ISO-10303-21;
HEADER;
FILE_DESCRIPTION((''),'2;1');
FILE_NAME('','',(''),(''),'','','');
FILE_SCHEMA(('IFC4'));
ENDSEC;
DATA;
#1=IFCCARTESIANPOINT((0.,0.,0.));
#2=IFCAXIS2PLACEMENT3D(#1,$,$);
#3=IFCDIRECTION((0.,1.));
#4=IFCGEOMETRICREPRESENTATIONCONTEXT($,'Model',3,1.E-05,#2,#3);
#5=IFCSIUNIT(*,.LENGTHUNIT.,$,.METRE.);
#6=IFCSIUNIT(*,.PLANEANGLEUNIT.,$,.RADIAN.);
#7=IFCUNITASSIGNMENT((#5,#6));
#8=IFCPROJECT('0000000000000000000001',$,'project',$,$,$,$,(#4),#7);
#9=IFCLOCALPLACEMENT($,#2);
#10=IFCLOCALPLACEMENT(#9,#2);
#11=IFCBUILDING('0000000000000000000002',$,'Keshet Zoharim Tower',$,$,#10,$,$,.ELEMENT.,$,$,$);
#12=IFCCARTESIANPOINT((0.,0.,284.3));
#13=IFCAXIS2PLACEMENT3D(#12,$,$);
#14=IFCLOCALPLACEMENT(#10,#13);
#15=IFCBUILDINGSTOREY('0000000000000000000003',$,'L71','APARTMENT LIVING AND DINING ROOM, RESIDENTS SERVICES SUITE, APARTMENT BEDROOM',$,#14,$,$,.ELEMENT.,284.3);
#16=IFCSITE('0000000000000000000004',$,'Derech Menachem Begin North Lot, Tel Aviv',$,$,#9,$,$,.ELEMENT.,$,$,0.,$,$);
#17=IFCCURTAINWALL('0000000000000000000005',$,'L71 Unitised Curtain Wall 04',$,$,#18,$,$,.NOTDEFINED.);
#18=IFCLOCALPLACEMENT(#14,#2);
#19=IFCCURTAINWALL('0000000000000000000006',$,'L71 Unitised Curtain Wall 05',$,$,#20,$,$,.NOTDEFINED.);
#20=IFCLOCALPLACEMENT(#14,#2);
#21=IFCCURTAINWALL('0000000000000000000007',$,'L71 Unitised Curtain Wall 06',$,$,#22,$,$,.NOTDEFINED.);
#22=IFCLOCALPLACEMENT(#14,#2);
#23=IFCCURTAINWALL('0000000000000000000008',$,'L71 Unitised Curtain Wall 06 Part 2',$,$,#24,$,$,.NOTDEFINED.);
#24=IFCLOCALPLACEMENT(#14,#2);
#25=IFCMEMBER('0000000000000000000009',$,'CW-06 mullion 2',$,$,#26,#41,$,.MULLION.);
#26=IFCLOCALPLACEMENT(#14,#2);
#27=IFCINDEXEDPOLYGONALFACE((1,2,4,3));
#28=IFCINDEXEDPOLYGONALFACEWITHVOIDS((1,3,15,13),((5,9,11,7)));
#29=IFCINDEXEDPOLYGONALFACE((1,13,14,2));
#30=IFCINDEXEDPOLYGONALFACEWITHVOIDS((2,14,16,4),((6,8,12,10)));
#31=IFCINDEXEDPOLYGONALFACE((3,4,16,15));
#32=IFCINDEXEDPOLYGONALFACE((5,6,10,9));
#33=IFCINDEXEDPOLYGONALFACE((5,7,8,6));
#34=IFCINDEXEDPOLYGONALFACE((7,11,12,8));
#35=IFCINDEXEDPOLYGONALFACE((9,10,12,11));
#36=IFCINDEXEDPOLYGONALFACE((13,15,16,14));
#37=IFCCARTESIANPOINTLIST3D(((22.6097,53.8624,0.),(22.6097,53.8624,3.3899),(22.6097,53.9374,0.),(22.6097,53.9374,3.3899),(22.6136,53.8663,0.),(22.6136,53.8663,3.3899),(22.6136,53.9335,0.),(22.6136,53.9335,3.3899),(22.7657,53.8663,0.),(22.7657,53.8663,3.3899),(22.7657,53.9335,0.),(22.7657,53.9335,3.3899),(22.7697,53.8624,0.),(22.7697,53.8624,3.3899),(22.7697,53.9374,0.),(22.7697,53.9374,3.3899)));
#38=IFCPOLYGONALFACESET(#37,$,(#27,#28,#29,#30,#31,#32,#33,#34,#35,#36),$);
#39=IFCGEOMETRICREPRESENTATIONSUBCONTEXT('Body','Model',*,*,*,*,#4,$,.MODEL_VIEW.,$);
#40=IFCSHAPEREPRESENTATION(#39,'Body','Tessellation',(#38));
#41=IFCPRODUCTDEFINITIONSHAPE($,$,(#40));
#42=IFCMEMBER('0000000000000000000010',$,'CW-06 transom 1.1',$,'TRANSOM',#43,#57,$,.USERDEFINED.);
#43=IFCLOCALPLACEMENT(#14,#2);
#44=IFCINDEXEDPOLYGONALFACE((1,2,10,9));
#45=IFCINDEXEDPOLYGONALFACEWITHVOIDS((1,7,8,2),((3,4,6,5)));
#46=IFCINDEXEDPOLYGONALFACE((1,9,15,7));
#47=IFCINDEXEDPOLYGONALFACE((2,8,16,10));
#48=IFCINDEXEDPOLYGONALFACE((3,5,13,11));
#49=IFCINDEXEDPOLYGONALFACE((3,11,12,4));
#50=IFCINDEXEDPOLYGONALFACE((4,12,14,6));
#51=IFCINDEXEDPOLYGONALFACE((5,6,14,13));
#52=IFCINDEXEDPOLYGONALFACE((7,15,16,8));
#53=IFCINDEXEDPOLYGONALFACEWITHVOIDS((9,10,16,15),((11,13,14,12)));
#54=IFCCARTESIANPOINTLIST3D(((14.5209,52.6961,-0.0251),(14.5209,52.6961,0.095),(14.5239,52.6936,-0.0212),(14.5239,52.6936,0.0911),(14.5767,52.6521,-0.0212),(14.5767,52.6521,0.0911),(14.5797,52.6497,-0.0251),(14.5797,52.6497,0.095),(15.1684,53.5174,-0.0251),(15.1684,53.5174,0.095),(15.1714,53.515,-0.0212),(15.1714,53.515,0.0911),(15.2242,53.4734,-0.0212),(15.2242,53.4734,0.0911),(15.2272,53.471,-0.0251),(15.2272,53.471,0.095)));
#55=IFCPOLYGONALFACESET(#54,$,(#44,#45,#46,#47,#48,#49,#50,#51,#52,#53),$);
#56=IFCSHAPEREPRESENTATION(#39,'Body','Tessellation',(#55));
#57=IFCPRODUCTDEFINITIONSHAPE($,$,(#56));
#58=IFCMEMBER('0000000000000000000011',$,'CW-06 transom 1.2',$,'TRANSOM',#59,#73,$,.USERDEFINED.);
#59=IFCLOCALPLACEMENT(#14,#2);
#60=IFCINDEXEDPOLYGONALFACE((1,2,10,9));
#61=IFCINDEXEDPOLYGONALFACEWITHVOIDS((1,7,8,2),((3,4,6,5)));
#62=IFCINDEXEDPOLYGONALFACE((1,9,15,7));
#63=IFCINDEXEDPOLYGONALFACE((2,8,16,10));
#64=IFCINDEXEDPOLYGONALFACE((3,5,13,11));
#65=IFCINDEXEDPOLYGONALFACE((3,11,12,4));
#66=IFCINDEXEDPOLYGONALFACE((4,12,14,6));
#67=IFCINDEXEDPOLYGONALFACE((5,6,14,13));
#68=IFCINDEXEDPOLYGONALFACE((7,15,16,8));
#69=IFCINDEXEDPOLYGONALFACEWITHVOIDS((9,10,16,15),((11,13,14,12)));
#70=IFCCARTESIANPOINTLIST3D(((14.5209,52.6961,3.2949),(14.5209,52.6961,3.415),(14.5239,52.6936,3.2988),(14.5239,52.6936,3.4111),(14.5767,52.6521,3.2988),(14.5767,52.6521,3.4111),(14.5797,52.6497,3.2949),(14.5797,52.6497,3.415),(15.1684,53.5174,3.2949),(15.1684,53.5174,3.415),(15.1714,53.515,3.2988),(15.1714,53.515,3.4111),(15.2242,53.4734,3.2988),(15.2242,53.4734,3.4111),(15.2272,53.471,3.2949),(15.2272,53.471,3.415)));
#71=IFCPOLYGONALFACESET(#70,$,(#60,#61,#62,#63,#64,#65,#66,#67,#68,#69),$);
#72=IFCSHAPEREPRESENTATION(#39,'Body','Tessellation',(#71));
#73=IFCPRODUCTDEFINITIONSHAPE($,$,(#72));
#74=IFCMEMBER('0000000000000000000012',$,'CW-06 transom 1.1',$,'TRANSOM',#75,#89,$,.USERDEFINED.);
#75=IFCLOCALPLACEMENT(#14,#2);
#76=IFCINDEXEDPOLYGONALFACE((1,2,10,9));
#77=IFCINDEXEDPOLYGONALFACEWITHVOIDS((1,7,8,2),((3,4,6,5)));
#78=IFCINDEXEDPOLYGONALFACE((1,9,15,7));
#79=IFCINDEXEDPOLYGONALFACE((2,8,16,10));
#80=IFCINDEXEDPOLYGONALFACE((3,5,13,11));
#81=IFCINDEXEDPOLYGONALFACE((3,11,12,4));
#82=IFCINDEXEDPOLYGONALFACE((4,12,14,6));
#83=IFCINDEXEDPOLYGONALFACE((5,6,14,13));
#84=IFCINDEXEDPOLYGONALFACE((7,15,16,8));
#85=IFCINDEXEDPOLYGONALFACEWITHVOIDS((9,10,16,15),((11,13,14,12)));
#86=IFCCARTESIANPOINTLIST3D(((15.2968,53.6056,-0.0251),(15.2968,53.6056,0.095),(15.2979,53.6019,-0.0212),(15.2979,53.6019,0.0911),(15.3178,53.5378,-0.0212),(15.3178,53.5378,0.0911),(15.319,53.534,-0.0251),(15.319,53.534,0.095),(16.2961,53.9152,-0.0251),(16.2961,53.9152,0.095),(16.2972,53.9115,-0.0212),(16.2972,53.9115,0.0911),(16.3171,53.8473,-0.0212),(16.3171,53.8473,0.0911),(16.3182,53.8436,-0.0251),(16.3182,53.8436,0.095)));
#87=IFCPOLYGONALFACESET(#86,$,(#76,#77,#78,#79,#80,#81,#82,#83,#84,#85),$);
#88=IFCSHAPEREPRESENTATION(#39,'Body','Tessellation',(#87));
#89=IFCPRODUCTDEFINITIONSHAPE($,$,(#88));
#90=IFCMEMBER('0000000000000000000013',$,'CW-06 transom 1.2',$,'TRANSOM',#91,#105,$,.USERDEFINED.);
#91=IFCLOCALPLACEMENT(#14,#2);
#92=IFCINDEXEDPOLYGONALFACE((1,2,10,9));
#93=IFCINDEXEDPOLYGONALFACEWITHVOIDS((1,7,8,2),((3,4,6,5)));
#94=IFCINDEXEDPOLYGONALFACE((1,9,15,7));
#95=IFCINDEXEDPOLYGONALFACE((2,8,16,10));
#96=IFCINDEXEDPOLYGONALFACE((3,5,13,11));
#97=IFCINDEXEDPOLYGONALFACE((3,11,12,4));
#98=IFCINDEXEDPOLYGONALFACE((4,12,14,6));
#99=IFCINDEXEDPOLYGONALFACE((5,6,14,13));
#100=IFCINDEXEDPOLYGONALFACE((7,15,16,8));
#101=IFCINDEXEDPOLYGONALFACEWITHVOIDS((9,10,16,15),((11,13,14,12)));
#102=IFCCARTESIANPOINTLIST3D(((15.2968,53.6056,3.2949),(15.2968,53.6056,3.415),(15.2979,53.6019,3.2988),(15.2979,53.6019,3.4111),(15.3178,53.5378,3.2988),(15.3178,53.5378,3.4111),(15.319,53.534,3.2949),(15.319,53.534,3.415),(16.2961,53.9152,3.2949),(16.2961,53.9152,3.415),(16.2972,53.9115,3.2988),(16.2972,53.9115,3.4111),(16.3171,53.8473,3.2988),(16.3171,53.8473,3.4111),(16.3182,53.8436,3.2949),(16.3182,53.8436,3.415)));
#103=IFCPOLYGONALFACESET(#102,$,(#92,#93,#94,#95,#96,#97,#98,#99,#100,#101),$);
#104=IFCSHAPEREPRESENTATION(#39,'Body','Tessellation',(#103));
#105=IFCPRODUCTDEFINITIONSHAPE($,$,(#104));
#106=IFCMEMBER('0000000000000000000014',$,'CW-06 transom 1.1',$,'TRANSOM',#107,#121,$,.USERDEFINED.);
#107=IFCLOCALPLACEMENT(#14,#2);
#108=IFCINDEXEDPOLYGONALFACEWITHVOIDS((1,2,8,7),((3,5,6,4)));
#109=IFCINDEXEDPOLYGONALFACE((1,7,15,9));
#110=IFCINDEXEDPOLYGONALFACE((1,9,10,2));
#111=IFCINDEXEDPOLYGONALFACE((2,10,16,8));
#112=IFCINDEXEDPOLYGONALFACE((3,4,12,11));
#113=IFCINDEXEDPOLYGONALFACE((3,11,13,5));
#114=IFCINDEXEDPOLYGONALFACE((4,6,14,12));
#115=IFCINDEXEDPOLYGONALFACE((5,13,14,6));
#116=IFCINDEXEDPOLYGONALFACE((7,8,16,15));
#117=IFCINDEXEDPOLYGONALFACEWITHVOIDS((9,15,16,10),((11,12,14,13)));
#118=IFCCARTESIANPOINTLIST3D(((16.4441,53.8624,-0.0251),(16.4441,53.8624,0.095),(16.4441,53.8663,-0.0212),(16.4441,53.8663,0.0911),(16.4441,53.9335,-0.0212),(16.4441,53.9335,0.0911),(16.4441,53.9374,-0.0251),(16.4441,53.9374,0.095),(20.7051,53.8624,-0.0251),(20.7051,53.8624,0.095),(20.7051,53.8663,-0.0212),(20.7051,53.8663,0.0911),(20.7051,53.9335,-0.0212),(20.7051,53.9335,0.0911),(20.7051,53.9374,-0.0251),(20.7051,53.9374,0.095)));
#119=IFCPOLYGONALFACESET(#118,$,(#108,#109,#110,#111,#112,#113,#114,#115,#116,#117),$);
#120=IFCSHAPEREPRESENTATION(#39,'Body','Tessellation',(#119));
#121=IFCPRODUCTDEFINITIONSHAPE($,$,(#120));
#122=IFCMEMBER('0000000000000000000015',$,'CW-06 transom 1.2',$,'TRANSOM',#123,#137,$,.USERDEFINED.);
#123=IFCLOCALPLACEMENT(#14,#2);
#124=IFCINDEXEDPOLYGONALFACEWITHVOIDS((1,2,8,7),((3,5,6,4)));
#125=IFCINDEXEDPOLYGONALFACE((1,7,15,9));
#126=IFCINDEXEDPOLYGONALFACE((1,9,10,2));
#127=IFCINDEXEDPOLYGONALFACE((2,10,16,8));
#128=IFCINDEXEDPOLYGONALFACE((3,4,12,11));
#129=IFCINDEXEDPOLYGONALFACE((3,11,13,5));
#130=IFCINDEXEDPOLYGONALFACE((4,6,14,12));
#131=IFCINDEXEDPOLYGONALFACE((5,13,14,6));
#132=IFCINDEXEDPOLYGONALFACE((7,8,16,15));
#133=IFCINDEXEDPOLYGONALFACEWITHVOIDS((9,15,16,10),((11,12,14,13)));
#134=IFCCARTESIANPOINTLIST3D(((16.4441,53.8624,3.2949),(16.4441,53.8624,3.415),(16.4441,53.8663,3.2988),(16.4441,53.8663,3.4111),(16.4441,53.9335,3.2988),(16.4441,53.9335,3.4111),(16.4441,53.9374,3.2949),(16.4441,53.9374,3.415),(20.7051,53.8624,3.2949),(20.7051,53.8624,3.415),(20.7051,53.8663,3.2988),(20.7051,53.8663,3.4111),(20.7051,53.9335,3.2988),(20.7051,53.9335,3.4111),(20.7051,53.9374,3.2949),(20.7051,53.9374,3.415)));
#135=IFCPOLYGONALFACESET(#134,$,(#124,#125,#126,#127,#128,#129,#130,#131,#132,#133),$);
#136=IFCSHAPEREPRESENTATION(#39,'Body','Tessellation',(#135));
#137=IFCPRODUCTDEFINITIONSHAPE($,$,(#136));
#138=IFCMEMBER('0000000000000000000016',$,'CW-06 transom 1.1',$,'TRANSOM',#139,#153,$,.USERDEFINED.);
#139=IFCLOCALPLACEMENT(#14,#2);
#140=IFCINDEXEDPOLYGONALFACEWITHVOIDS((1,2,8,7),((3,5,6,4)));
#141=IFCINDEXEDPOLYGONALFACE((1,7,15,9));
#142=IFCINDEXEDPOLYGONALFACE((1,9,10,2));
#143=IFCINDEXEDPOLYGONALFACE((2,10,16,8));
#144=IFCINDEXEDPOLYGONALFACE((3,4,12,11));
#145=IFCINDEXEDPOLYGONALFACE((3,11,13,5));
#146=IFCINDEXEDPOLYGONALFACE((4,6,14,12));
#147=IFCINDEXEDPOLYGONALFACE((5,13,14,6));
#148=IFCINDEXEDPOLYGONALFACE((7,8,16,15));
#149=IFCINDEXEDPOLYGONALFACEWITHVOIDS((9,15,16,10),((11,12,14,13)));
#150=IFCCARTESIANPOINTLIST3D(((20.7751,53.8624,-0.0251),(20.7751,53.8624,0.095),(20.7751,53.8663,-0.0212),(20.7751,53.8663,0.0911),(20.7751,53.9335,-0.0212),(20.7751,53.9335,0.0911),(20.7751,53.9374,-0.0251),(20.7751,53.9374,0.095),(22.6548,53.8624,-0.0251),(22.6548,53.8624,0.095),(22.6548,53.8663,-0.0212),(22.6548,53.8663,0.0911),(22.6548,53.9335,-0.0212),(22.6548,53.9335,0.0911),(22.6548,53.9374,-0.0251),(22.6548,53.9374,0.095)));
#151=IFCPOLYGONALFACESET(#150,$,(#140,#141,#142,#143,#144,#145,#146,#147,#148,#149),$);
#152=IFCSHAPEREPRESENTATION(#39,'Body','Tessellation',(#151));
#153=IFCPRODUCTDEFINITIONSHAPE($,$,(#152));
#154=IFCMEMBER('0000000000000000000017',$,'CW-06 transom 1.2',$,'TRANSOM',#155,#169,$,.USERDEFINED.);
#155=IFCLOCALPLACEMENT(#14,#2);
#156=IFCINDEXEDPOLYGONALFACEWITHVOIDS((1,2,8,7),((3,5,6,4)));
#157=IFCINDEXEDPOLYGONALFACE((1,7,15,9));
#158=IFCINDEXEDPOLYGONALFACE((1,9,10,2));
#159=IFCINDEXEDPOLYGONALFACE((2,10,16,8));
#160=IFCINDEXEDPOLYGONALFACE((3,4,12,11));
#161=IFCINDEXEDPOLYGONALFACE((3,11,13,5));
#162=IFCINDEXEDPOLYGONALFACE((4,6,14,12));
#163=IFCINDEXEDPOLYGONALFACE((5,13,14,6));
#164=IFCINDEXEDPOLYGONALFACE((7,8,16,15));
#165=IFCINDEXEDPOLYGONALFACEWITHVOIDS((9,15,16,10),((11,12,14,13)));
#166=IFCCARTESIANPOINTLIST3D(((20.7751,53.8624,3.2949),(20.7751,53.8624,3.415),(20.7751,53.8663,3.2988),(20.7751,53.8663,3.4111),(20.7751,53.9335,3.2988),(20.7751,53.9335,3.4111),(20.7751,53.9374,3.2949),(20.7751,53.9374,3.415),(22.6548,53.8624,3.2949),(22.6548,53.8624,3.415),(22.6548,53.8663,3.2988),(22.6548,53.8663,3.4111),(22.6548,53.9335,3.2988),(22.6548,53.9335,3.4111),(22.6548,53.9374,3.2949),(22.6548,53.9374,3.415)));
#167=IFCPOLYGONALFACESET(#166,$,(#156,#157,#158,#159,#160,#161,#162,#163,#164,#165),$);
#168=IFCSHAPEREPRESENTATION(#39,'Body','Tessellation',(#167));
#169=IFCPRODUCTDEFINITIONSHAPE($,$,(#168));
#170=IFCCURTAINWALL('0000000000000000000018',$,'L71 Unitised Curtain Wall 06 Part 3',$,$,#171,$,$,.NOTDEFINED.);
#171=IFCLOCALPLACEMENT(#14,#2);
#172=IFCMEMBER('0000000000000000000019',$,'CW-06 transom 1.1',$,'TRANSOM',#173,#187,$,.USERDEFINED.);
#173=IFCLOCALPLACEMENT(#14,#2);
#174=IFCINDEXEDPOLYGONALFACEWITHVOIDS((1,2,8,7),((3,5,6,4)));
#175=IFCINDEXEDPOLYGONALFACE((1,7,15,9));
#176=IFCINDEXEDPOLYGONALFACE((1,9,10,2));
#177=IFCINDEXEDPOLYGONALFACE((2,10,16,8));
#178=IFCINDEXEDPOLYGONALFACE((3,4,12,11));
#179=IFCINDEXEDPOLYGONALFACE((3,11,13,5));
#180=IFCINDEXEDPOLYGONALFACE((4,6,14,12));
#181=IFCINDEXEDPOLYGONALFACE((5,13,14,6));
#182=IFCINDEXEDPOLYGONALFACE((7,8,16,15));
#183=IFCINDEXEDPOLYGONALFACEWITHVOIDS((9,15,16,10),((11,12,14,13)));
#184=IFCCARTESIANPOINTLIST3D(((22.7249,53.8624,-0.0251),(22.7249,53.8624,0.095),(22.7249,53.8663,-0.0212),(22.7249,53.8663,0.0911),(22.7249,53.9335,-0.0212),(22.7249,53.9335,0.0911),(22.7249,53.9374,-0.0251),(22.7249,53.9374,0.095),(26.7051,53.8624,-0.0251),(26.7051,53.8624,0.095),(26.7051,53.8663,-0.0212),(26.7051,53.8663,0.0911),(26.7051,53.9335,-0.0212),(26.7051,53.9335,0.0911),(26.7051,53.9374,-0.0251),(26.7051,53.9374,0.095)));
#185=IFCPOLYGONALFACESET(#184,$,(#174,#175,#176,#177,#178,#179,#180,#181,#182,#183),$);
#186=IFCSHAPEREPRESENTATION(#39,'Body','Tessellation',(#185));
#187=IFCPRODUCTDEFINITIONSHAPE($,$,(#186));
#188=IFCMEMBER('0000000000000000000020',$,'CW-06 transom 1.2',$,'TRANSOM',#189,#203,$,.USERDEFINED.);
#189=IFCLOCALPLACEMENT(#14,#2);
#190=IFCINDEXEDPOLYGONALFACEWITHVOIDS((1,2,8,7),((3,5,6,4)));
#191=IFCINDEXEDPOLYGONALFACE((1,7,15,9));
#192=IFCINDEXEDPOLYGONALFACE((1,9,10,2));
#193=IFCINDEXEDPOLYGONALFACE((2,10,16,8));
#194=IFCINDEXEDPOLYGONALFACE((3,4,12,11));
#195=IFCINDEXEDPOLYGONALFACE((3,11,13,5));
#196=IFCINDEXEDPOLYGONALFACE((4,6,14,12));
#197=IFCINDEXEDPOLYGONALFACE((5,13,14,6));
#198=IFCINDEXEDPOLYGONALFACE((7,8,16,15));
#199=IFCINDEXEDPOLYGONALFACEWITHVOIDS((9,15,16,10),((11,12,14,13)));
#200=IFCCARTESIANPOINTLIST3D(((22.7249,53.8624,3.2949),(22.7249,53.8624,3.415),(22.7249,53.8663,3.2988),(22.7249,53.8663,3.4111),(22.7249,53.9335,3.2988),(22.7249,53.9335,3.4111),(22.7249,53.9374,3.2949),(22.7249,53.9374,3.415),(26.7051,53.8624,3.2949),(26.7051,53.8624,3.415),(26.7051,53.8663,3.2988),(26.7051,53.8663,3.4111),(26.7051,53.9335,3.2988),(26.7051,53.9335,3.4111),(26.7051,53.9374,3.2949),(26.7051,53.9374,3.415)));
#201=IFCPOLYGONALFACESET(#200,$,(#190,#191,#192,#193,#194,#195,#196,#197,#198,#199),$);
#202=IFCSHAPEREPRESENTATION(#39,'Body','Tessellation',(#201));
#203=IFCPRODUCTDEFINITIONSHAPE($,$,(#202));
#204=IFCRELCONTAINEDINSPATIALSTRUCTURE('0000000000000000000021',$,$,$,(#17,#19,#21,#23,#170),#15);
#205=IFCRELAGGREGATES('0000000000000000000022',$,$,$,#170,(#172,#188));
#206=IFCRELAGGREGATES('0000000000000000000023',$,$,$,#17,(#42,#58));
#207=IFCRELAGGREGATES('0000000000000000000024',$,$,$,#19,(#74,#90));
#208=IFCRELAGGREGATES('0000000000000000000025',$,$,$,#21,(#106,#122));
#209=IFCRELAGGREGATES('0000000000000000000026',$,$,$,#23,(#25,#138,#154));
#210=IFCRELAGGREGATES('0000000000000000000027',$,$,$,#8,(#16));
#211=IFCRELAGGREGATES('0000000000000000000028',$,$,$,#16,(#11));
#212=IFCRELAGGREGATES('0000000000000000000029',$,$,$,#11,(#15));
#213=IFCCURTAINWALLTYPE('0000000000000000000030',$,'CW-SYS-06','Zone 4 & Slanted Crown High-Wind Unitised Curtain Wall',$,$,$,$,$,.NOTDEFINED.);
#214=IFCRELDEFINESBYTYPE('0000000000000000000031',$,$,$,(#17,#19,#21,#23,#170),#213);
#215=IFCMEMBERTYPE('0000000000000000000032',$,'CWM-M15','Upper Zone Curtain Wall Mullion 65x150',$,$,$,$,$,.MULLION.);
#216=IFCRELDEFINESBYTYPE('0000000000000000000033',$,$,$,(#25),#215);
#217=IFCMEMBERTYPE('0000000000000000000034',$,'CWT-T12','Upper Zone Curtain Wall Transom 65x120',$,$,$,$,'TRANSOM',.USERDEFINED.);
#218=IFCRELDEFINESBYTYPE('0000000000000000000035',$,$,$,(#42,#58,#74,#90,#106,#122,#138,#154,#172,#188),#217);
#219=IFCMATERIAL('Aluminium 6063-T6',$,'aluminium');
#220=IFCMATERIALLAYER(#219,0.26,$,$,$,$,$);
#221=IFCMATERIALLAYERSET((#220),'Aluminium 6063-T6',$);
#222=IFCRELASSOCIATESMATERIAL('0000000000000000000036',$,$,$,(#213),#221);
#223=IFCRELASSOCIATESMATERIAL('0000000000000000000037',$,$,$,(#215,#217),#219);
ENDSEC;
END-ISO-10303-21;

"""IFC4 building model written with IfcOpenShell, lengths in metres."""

from ifc_helpers import new_model, si_unit, direction, frame, origin, origin_2d, place, context, subcontext, project, spatial, hollow_rectangle, extrude, material, layer, layer_set, material_profile, profile_set, type_object, element, aggregate, save


model = new_model("IFC4")

# Units and contexts
model_context = context("Model", 3, precision=1e-05, world=origin(), true_north=direction((0.0, 1.0)))
body_context = subcontext(model_context, "Body", "Model", "MODEL_VIEW")
ifc_project = project(units=[si_unit("LENGTHUNIT", "METRE"), si_unit("PLANEANGLEUNIT", "RADIAN")], contexts=[model_context])

# Site, building, storey
site_placement = place(None, origin())
site = spatial("IfcSite", under=ifc_project, at=site_placement, Name="Derech Menachem Begin North Lot, Tel Aviv", CompositionType="ELEMENT", RefElevation=0.0)
building_placement = place(site_placement, origin())
building = spatial("IfcBuilding", under=site, at=building_placement, Name="Keshet Zoharim Tower", CompositionType="ELEMENT")
storey_placement = place(building_placement, frame((0.0, 0.0, 284.3)))
storey = spatial("IfcBuildingStorey", under=building, at=storey_placement, Name="L71", Description="APARTMENT LIVING AND DINING ROOM, RESIDENTS SERVICES SUITE, APARTMENT BEDROOM", CompositionType="ELEMENT", Elevation=284.3)

# Curtain wall
ifc_material_1 = material(Name="Aluminium 6063-T6", Category="aluminium")
ifc_layer_1 = layer(ifc_material_1, 0.26)
ifc_layer_set_1 = layer_set([ifc_layer_1], Name="Aluminium 6063-T6")
curtain_wall_type = type_object("IfcCurtainWallType", Name="CW-SYS-06", Description="Zone 4 & Slanted Crown High-Wind Unitised Curtain Wall", PredefinedType="NOTDEFINED", material=ifc_layer_set_1)
curtain_wall_1_placement = place(storey_placement, origin())
curtain_wall_1 = element("IfcCurtainWall", 1, at=curtain_wall_1_placement, inside=storey, type_object=curtain_wall_type, Name="L71 Unitised Curtain Wall 04", PredefinedType="NOTDEFINED")
ifc_material_profile_1 = material_profile(ifc_material_1, hollow_rectangle(XDim=0.075, YDim=0.1599, WallThickness=0.0039, at=origin_2d()), Name="MUL-75x160")
ifc_profile_set_1 = profile_set([ifc_material_profile_1], Name="Aluminium 6063-T6")
member_type_1 = type_object("IfcMemberType", Name="CWM-M15", Description="Upper Zone Curtain Wall Mullion 65x150", PredefinedType="MULLION", material=ifc_profile_set_1)

# Curtain walls
curtain_wall_2_placement = place(storey_placement, origin())
curtain_wall_2 = element("IfcCurtainWall", 2, at=curtain_wall_2_placement, inside=storey, type_object=curtain_wall_type, Name="L71 Unitised Curtain Wall 05", PredefinedType="NOTDEFINED")
curtain_wall_3_placement = place(storey_placement, origin())
curtain_wall_3 = element("IfcCurtainWall", 3, at=curtain_wall_3_placement, inside=storey, type_object=curtain_wall_type, Name="L71 Unitised Curtain Wall 06", PredefinedType="NOTDEFINED")

# Curtain wall, member
curtain_wall_4_placement = place(storey_placement, origin())
curtain_wall_4 = element("IfcCurtainWall", 4, at=curtain_wall_4_placement, inside=storey, type_object=curtain_wall_type, Name="L71 Unitised Curtain Wall 06 Part 2", PredefinedType="NOTDEFINED")
member_1_placement = place(storey_placement, frame((22.6897, 53.8999, 0.0), z_axis=(0.0, 0.0, 1.0), x_axis=(0.0, 1.0, 0.0)))
member_1 = element("IfcMember", 5, at=member_1_placement, type_object=member_type_1, Name="CW-06 mullion 2", PredefinedType="MULLION", context=body_context, shape_type="SweptSolid", body=[
    extrude(hollow_rectangle(XDim=0.075, YDim=0.1599, WallThickness=0.0039, at=origin_2d()), origin(), (0.0, 0.0, 1.0), 3.3899),
])

# Members
ifc_material_profile_2 = material_profile(ifc_material_1, hollow_rectangle(XDim=0.075, YDim=0.1201, WallThickness=0.0039, at=origin_2d()), Name="TRN-75x120")
ifc_profile_set_2 = profile_set([ifc_material_profile_2], Name="Aluminium 6063-T6")
member_type_2 = type_object("IfcMemberType", Name="CWT-T12", Description="Upper Zone Curtain Wall Transom 65x120", ElementType="TRANSOM", PredefinedType="USERDEFINED", material=ifc_profile_set_2)
member_2_placement = place(storey_placement, frame((14.5503, 52.6729, 0.0349), z_axis=(0.619099, 0.785313, 0.0), x_axis=(-0.785313, 0.619099, 0.0)))
member_2 = element("IfcMember", 6, at=member_2_placement, type_object=member_type_2, Name="CW-06 transom 1.1", ObjectType="TRANSOM", PredefinedType="USERDEFINED", context=body_context, shape_type="SweptSolid", body=[
    extrude(hollow_rectangle(XDim=0.075, YDim=0.1201, WallThickness=0.0039, at=origin_2d()), origin(), (0.0, 0.0, 1.0), 1.0459),
])
member_3_placement = place(storey_placement, frame((14.5503, 52.6729, 3.355), z_axis=(0.619099, 0.785313, 0.0), x_axis=(-0.785313, 0.619099, 0.0)))
member_3 = element("IfcMember", 7, at=member_3_placement, type_object=member_type_2, Name="CW-06 transom 1.2", ObjectType="TRANSOM", PredefinedType="USERDEFINED", context=body_context, shape_type="SweptSolid", body=[
    extrude(hollow_rectangle(XDim=0.075, YDim=0.1201, WallThickness=0.0039, at=origin_2d()), origin(), (0.0, 0.0, 1.0), 1.0459),
])
member_4_placement = place(storey_placement, frame((15.3079, 53.5698, 0.0349), z_axis=(0.955212, 0.295922, 0.0), x_axis=(-0.295922, 0.955212, 0.0)))
member_4 = element("IfcMember", 8, at=member_4_placement, type_object=member_type_2, Name="CW-06 transom 1.1", ObjectType="TRANSOM", PredefinedType="USERDEFINED", context=body_context, shape_type="SweptSolid", body=[
    extrude(hollow_rectangle(XDim=0.075, YDim=0.1201, WallThickness=0.0039, at=origin_2d()), origin(), (0.0, 0.0, 1.0), 1.0461),
])
member_5_placement = place(storey_placement, frame((15.3079, 53.5698, 3.355), z_axis=(0.955212, 0.295922, 0.0), x_axis=(-0.295922, 0.955212, 0.0)))
member_5 = element("IfcMember", 9, at=member_5_placement, type_object=member_type_2, Name="CW-06 transom 1.2", ObjectType="TRANSOM", PredefinedType="USERDEFINED", context=body_context, shape_type="SweptSolid", body=[
    extrude(hollow_rectangle(XDim=0.075, YDim=0.1201, WallThickness=0.0039, at=origin_2d()), origin(), (0.0, 0.0, 1.0), 1.0461),
])
member_6_placement = place(storey_placement, frame((16.4441, 53.8999, 0.0349), z_axis=(1.0, 0.0, 0.0), x_axis=(0.0, 1.0, 0.0)))
member_6 = element("IfcMember", 10, at=member_6_placement, type_object=member_type_2, Name="CW-06 transom 1.1", ObjectType="TRANSOM", PredefinedType="USERDEFINED", context=body_context, shape_type="SweptSolid", body=[
    extrude(hollow_rectangle(XDim=0.075, YDim=0.1201, WallThickness=0.0039, at=origin_2d()), origin(), (0.0, 0.0, 1.0), 4.261),
])
member_7_placement = place(storey_placement, frame((16.4441, 53.8999, 3.355), z_axis=(1.0, 0.0, 0.0), x_axis=(0.0, 1.0, 0.0)))
member_7 = element("IfcMember", 11, at=member_7_placement, type_object=member_type_2, Name="CW-06 transom 1.2", ObjectType="TRANSOM", PredefinedType="USERDEFINED", context=body_context, shape_type="SweptSolid", body=[
    extrude(hollow_rectangle(XDim=0.075, YDim=0.1201, WallThickness=0.0039, at=origin_2d()), origin(), (0.0, 0.0, 1.0), 4.261),
])
member_8_placement = place(storey_placement, frame((20.7751, 53.8999, 0.0349), z_axis=(1.0, 0.0, 0.0), x_axis=(0.0, 1.0, 0.0)))
member_8 = element("IfcMember", 12, at=member_8_placement, type_object=member_type_2, Name="CW-06 transom 1.1", ObjectType="TRANSOM", PredefinedType="USERDEFINED", context=body_context, shape_type="SweptSolid", body=[
    extrude(hollow_rectangle(XDim=0.075, YDim=0.1201, WallThickness=0.0039, at=origin_2d()), origin(), (0.0, 0.0, 1.0), 1.8796),
])
member_9_placement = place(storey_placement, frame((20.7751, 53.8999, 3.355), z_axis=(1.0, 0.0, 0.0), x_axis=(0.0, 1.0, 0.0)))
member_9 = element("IfcMember", 13, at=member_9_placement, type_object=member_type_2, Name="CW-06 transom 1.2", ObjectType="TRANSOM", PredefinedType="USERDEFINED", context=body_context, shape_type="SweptSolid", body=[
    extrude(hollow_rectangle(XDim=0.075, YDim=0.1201, WallThickness=0.0039, at=origin_2d()), origin(), (0.0, 0.0, 1.0), 1.8796),
])

# Curtain wall, members
curtain_wall_5_placement = place(storey_placement, origin())
curtain_wall_5 = element("IfcCurtainWall", 14, at=curtain_wall_5_placement, inside=storey, type_object=curtain_wall_type, Name="L71 Unitised Curtain Wall 06 Part 3", PredefinedType="NOTDEFINED")
member_10_placement = place(storey_placement, frame((22.7249, 53.8999, 0.0349), z_axis=(1.0, 0.0, 0.0), x_axis=(0.0, 1.0, 0.0)))
member_10 = element("IfcMember", 15, at=member_10_placement, type_object=member_type_2, Name="CW-06 transom 1.1", ObjectType="TRANSOM", PredefinedType="USERDEFINED", context=body_context, shape_type="SweptSolid", body=[
    extrude(hollow_rectangle(XDim=0.075, YDim=0.1201, WallThickness=0.0039, at=origin_2d()), origin(), (0.0, 0.0, 1.0), 3.9802),
])
member_11_placement = place(storey_placement, frame((22.7249, 53.8999, 3.355), z_axis=(1.0, 0.0, 0.0), x_axis=(0.0, 1.0, 0.0)))
member_11 = element("IfcMember", 16, at=member_11_placement, type_object=member_type_2, Name="CW-06 transom 1.2", ObjectType="TRANSOM", PredefinedType="USERDEFINED", context=body_context, shape_type="SweptSolid", body=[
    extrude(hollow_rectangle(XDim=0.075, YDim=0.1201, WallThickness=0.0039, at=origin_2d()), origin(), (0.0, 0.0, 1.0), 3.9802),
])
aggregate(curtain_wall_5, [member_10, member_11])

aggregate(curtain_wall_1, [member_2, member_3])
aggregate(curtain_wall_2, [member_4, member_5])
aggregate(curtain_wall_3, [member_6, member_7])
aggregate(curtain_wall_4, [member_1, member_8, member_9])

save(model, "model.ifc")
